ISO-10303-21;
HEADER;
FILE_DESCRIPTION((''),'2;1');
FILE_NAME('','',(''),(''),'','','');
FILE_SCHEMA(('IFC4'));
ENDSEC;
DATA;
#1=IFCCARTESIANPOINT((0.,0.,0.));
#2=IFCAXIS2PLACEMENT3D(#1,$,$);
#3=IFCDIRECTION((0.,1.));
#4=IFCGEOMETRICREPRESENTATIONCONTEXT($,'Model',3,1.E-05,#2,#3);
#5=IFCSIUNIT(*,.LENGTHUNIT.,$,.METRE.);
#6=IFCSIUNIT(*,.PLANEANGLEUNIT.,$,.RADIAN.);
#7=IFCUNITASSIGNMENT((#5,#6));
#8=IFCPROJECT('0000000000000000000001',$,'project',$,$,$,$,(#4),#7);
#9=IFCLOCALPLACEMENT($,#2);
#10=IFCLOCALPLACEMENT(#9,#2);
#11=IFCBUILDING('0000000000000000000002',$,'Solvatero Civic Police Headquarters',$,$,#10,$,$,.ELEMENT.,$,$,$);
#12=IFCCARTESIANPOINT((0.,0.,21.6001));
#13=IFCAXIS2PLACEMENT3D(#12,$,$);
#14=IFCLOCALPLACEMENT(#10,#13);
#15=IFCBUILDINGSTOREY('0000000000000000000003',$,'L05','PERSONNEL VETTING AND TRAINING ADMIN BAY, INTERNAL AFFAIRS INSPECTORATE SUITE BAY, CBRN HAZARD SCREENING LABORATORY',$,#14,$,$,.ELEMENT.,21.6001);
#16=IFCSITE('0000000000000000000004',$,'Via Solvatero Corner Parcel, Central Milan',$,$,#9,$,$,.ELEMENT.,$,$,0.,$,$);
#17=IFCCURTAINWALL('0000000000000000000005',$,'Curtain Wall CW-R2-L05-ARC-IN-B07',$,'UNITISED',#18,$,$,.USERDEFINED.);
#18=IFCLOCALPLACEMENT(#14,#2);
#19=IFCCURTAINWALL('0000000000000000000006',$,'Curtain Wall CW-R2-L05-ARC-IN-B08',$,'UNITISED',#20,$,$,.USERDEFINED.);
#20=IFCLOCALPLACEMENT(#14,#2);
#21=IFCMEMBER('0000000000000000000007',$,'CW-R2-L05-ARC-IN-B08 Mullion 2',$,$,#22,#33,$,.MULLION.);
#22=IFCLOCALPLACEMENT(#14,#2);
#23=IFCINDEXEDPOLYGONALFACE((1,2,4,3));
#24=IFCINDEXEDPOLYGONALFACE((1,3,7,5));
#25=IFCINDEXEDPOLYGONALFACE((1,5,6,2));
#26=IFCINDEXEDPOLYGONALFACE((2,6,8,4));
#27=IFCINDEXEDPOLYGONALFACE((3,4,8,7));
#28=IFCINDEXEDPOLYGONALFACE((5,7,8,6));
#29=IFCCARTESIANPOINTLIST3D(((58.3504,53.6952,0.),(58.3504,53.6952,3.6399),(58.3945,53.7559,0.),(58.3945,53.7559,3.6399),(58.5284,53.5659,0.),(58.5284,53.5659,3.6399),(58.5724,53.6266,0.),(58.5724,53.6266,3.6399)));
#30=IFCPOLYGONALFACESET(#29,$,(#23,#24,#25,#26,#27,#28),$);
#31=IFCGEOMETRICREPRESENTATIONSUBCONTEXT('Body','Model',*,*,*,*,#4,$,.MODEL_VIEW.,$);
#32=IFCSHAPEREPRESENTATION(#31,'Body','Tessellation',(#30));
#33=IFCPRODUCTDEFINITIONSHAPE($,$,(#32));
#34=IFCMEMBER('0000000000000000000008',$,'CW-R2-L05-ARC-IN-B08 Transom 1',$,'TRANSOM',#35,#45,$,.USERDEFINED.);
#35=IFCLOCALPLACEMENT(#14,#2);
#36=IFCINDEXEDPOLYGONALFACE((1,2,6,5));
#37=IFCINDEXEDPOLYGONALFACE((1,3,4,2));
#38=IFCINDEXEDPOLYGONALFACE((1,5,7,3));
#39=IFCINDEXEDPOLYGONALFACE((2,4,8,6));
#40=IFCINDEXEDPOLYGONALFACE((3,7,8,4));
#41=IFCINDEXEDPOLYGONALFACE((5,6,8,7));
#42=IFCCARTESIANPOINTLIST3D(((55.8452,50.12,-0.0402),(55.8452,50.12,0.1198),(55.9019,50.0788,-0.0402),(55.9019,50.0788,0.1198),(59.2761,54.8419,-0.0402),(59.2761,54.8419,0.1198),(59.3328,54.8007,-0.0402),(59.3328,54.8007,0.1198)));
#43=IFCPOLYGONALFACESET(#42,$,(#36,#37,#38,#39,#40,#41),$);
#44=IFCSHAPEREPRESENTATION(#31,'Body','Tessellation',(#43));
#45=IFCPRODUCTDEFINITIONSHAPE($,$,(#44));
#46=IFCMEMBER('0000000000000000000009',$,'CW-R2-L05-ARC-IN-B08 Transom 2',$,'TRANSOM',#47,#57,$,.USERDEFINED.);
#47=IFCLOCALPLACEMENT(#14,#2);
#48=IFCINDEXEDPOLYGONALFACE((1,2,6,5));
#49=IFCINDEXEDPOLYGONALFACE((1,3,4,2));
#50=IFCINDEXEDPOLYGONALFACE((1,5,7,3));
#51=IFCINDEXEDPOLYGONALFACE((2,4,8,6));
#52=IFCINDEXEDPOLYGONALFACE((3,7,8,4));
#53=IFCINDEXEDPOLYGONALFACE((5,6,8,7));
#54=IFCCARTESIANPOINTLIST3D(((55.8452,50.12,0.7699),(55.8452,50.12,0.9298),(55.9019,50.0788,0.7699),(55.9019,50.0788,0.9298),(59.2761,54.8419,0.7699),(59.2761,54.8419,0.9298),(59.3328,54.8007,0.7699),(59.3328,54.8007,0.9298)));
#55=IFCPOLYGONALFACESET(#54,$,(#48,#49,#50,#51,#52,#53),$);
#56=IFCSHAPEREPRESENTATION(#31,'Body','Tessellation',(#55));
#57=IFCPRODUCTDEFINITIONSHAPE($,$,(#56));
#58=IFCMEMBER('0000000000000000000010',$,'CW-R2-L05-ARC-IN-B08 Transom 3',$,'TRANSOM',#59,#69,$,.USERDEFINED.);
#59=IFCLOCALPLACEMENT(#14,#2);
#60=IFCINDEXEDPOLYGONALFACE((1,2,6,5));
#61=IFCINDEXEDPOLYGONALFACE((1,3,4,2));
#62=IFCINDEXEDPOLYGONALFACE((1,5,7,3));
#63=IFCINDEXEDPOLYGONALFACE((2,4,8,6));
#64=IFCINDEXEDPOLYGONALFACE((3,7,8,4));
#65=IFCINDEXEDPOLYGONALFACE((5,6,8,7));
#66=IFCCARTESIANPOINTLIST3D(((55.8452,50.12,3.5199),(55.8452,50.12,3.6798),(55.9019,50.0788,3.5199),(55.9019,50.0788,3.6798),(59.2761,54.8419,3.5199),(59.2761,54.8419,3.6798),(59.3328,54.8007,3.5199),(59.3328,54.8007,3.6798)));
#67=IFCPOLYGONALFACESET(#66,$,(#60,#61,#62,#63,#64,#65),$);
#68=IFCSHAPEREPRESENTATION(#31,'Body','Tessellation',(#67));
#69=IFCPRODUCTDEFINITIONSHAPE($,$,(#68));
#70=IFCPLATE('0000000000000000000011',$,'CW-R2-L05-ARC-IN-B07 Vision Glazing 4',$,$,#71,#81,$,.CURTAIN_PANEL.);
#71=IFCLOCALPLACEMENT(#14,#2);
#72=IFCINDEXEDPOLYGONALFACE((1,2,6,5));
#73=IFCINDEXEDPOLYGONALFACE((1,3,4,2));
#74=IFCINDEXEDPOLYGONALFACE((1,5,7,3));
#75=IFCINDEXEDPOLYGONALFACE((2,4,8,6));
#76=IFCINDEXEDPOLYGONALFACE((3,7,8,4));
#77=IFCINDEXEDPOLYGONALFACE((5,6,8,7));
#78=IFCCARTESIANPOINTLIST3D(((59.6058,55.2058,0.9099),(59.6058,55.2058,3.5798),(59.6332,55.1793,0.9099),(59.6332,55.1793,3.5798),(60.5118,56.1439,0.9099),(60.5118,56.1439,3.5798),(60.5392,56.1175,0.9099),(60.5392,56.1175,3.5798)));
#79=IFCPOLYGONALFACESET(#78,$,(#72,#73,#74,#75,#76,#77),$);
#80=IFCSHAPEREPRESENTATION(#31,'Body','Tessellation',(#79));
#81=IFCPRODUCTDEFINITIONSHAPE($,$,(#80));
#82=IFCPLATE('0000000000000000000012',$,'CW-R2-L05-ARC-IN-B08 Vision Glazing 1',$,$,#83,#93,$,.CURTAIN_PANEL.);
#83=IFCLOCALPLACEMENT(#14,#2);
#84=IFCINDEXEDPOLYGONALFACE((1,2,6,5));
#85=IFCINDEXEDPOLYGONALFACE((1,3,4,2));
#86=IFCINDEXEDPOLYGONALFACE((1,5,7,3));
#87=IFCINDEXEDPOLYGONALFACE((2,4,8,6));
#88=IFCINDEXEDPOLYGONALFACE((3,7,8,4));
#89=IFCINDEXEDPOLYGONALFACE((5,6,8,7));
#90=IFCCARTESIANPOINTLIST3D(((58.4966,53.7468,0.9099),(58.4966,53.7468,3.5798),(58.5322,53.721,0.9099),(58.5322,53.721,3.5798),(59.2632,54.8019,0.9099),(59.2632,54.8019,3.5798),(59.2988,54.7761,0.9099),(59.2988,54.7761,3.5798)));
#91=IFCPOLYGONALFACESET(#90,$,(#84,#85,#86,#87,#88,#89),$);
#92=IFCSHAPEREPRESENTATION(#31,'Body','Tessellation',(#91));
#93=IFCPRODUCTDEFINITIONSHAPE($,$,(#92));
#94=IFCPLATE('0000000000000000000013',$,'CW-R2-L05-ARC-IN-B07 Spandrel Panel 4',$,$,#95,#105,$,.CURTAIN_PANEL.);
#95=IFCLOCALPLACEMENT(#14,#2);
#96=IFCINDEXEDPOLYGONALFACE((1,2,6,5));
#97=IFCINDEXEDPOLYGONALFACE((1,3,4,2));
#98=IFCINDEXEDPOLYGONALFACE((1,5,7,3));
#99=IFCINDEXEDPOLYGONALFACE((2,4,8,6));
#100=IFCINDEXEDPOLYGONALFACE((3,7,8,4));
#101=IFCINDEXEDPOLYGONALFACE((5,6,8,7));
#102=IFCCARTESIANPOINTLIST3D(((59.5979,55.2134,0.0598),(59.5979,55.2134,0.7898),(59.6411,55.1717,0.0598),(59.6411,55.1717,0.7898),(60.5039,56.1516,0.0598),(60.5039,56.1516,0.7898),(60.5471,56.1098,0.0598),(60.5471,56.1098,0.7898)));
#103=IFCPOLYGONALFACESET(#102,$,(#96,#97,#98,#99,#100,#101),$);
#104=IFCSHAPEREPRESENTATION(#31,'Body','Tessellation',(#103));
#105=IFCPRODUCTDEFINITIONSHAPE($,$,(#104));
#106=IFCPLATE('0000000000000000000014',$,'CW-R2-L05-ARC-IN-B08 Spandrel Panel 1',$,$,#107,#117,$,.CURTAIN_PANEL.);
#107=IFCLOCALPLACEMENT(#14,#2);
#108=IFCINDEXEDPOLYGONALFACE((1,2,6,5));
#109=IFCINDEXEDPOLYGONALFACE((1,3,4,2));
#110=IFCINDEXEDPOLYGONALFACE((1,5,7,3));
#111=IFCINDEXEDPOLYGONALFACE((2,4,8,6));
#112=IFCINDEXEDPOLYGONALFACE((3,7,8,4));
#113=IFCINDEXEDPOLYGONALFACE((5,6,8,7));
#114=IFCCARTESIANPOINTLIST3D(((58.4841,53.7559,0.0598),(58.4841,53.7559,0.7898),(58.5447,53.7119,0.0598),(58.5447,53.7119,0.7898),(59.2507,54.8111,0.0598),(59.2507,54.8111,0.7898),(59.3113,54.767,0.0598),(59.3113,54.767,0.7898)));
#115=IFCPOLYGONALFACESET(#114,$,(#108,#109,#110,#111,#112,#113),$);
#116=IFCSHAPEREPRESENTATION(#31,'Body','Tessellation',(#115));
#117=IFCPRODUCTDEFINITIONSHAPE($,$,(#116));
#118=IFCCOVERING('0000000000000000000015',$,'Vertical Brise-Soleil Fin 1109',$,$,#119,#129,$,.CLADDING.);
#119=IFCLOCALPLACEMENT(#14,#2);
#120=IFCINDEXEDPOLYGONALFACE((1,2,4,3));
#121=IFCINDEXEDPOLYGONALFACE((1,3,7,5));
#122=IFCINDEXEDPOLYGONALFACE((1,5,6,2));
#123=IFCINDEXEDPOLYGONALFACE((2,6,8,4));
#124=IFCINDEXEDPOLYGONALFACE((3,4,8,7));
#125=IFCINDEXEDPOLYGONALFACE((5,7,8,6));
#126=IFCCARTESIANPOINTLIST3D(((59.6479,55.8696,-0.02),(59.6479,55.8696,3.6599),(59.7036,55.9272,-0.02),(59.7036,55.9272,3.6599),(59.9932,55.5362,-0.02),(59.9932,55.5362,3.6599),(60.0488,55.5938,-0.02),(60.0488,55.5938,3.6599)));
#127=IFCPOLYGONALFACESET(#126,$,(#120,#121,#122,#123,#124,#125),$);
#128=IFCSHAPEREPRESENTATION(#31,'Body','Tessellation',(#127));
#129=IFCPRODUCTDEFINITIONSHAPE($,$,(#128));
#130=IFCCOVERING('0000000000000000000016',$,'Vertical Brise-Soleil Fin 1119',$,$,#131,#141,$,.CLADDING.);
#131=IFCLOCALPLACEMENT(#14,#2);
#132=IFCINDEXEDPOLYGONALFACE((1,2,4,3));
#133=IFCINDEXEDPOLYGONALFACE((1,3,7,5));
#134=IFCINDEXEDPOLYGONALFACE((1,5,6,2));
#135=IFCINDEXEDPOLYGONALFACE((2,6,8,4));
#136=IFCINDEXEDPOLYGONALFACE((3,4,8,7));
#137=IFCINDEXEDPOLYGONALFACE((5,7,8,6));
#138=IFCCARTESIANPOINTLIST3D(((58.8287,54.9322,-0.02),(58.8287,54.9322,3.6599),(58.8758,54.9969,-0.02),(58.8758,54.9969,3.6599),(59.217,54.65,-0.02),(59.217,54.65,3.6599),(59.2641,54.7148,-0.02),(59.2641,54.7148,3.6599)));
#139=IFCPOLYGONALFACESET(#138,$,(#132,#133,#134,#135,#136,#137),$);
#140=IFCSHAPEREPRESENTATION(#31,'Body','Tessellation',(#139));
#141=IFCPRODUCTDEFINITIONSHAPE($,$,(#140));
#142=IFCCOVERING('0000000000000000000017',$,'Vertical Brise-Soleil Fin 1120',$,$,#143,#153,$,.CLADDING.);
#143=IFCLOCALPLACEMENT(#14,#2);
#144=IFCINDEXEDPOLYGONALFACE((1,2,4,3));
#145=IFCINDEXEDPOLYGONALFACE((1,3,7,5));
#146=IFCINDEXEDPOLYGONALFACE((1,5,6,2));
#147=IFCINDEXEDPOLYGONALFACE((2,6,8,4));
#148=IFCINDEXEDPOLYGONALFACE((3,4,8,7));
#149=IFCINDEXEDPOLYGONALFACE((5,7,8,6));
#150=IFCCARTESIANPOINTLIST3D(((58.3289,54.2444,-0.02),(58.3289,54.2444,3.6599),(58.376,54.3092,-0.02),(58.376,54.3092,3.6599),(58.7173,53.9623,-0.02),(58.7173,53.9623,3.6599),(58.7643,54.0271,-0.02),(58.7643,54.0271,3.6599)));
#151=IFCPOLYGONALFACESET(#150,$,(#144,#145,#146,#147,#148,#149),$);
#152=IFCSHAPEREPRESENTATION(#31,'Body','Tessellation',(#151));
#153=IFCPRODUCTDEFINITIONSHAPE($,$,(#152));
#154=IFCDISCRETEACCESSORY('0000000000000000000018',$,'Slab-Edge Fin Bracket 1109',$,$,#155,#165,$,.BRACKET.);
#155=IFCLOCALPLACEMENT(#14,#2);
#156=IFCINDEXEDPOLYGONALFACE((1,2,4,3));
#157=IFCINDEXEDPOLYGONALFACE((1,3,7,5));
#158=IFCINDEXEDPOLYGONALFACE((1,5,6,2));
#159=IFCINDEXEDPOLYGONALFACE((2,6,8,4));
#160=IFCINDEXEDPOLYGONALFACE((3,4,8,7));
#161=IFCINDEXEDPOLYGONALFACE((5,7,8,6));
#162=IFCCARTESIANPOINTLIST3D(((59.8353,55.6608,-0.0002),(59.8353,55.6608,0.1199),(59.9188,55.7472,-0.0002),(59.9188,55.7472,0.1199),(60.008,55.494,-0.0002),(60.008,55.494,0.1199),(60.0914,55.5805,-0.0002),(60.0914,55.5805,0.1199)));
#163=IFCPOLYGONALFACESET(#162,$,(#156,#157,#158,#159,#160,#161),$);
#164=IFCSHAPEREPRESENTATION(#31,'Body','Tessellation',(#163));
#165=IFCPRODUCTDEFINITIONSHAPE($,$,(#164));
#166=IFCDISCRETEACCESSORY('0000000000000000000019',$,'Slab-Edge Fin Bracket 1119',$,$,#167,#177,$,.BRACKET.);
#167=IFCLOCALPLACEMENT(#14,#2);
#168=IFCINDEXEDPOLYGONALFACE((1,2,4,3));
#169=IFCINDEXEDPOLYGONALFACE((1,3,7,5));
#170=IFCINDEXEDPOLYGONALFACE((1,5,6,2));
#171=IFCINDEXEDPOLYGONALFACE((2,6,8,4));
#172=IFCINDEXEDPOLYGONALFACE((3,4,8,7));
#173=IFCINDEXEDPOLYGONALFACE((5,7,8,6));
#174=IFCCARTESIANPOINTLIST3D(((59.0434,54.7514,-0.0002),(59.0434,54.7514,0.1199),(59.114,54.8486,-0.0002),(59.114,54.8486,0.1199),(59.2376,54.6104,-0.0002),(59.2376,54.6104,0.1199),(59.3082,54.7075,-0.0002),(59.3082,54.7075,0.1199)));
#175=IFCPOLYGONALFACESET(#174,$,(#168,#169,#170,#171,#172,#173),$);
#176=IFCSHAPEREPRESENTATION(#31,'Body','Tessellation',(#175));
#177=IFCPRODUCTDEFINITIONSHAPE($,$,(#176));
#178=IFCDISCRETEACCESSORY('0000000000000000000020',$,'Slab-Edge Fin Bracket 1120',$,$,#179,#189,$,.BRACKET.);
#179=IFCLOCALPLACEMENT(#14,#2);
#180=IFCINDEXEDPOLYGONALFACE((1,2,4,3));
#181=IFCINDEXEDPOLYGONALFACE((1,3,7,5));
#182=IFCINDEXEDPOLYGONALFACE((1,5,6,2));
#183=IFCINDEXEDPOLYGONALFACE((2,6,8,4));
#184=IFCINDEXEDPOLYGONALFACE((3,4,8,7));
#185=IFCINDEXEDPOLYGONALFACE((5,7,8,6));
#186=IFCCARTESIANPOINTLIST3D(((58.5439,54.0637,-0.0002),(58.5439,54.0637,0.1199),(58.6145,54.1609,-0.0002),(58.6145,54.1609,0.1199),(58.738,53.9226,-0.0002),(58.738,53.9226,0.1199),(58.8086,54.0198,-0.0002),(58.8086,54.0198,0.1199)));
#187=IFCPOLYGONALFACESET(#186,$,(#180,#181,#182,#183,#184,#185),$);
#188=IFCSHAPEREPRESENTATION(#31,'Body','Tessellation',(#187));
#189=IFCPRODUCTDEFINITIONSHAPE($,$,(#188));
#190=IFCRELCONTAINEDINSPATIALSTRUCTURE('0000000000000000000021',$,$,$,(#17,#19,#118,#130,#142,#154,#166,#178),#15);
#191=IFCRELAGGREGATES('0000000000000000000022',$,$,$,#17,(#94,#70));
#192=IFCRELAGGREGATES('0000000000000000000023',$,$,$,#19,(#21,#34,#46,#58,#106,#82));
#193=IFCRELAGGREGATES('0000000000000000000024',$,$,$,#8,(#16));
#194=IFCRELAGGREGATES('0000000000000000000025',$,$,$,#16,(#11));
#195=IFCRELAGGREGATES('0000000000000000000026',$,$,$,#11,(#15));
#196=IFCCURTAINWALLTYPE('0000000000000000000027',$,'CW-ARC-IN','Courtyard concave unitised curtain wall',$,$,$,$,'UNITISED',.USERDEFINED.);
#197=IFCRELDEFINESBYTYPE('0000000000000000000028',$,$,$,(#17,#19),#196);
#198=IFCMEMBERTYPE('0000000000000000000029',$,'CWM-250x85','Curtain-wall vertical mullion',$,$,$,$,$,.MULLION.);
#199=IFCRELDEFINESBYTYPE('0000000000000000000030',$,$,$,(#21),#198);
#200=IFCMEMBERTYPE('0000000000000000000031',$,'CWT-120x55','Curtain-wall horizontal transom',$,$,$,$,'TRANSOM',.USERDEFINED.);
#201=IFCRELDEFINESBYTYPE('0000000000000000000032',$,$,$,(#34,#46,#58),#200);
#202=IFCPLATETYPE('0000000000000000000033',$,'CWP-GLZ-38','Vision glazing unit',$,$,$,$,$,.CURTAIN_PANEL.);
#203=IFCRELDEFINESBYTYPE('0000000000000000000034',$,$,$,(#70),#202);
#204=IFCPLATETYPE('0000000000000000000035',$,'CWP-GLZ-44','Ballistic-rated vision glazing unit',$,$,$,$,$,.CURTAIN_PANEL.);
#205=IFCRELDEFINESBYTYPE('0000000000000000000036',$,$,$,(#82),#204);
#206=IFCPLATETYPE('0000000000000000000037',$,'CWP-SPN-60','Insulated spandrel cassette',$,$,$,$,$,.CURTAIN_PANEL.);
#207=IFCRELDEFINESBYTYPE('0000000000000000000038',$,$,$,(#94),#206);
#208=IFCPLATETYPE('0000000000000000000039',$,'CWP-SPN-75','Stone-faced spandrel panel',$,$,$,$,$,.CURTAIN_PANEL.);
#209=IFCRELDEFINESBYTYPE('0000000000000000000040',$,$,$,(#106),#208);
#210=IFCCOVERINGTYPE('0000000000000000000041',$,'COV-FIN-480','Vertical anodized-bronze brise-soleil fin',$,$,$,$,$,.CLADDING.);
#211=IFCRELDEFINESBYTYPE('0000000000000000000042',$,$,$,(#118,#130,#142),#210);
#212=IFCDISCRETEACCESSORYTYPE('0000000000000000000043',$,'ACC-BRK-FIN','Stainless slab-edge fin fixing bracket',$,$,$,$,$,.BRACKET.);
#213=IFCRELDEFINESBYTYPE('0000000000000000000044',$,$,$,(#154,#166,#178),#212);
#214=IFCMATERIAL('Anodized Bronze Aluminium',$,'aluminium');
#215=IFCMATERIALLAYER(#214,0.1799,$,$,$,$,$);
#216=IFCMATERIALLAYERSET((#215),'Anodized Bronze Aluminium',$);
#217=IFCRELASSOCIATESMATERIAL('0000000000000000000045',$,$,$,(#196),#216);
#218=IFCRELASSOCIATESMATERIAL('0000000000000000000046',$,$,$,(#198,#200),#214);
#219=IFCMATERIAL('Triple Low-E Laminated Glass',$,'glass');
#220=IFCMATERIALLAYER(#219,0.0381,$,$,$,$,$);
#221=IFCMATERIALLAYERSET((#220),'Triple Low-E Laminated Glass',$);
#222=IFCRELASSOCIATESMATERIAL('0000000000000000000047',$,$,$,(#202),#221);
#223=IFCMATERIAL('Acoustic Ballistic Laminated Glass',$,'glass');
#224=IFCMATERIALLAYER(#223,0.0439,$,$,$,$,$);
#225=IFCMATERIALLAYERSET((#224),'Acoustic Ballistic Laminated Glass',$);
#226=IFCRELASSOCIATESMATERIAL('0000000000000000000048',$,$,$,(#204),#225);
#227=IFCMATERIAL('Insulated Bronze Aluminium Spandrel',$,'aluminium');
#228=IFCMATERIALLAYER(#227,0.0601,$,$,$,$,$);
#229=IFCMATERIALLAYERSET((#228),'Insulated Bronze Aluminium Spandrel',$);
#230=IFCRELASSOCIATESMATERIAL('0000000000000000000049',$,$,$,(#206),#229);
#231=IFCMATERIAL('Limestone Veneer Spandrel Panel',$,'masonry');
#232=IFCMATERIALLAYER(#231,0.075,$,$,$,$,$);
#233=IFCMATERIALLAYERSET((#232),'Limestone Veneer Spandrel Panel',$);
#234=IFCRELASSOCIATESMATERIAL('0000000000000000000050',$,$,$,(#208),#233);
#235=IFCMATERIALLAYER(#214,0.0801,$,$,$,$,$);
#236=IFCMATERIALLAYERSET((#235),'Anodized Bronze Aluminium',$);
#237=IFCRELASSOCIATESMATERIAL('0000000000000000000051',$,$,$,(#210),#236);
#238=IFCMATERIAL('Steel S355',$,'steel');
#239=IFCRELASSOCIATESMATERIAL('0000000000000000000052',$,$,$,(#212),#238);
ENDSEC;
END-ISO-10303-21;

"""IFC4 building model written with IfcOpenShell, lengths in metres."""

from ifc_helpers import new_model, si_unit, direction, frame, origin, origin_2d, place, context, subcontext, project, spatial, rectangle, extrude, material, layer, layer_set, material_profile, profile_set, type_object, element, aggregate, save


model = new_model("IFC4")

# Units and contexts
model_context = context("Model", 3, precision=1e-05, world=origin(), true_north=direction((0.0, 1.0)))
body_context = subcontext(model_context, "Body", "Model", "MODEL_VIEW")
ifc_project = project(units=[si_unit("LENGTHUNIT", "METRE"), si_unit("PLANEANGLEUNIT", "RADIAN")], contexts=[model_context])

# Site, building, storey
site_placement = place(None, origin())
site = spatial("IfcSite", under=ifc_project, at=site_placement, Name="Via Solvatero Corner Parcel, Central Milan", CompositionType="ELEMENT", RefElevation=0.0)
building_placement = place(site_placement, origin())
building = spatial("IfcBuilding", under=site, at=building_placement, Name="Solvatero Civic Police Headquarters", CompositionType="ELEMENT")
storey_placement = place(building_placement, frame((0.0, 0.0, 21.6001)))
storey = spatial("IfcBuildingStorey", under=building, at=storey_placement, Name="L05", Description="PERSONNEL VETTING AND TRAINING ADMIN BAY, INTERNAL AFFAIRS INSPECTORATE SUITE BAY, CBRN HAZARD SCREENING LABORATORY", CompositionType="ELEMENT", Elevation=21.6001)

# Shared definitions
ifc_material_1 = material(Name="Steel S355", Category="steel")

# Curtain walls, members
ifc_material_2 = material(Name="Anodized Bronze Aluminium", Category="aluminium")
ifc_layer_1 = layer(ifc_material_2, 0.1799)
ifc_layer_set_1 = layer_set([ifc_layer_1], Name="Anodized Bronze Aluminium")
curtain_wall_type = type_object("IfcCurtainWallType", Name="CW-ARC-IN", Description="Courtyard concave unitised curtain wall", ElementType="UNITISED", PredefinedType="USERDEFINED", material=ifc_layer_set_1)
curtain_wall_1_placement = place(storey_placement, origin())
curtain_wall_1 = element("IfcCurtainWall", 1, at=curtain_wall_1_placement, inside=storey, type_object=curtain_wall_type, Name="Curtain Wall CW-R2-L05-ARC-IN-B07", ObjectType="UNITISED", PredefinedType="USERDEFINED")
curtain_wall_2_placement = place(storey_placement, origin())
curtain_wall_2 = element("IfcCurtainWall", 2, at=curtain_wall_2_placement, inside=storey, type_object=curtain_wall_type, Name="Curtain Wall CW-R2-L05-ARC-IN-B08", ObjectType="UNITISED", PredefinedType="USERDEFINED")
ifc_material_profile_1 = material_profile(ifc_material_2, rectangle(XDim=0.075, YDim=0.22, at=origin_2d()), Name="ALU MULLION 75x220")
ifc_profile_set_1 = profile_set([ifc_material_profile_1], Name="Anodized Bronze Aluminium")
member_type_1 = type_object("IfcMemberType", Name="CWM-250x85", Description="Curtain-wall vertical mullion", PredefinedType="MULLION", material=ifc_profile_set_1)
member_1_placement = place(storey_placement, frame((58.4614, 53.6609, 0.0), z_axis=(0.0, 0.0, 1.0), x_axis=(-0.587785, -0.809017, 0.0)))
member_1 = element("IfcMember", 3, at=member_1_placement, type_object=member_type_1, Name="CW-R2-L05-ARC-IN-B08 Mullion 2", PredefinedType="MULLION", context=body_context, shape_type="SweptSolid", body=[
    extrude(rectangle(XDim=0.075, YDim=0.22, at=origin_2d()), origin(), (0.0, 0.0, 1.0), 3.6399),
])
ifc_material_profile_2 = material_profile(ifc_material_2, rectangle(XDim=0.0701, YDim=0.1599, at=origin_2d()), Name="ALU TRANSOM 70x160")
ifc_profile_set_2 = profile_set([ifc_material_profile_2], Name="Anodized Bronze Aluminium")
member_type_2 = type_object("IfcMemberType", Name="CWT-120x55", Description="Curtain-wall horizontal transom", ElementType="TRANSOM", PredefinedType="USERDEFINED", material=ifc_profile_set_2)
member_2_placement = place(storey_placement, frame((59.3044, 54.8213, 0.0398), z_axis=(-0.587811, -0.808998, 0.0), x_axis=(0.808998, -0.587811, 0.0)))
member_2 = element("IfcMember", 4, at=member_2_placement, type_object=member_type_2, Name="CW-R2-L05-ARC-IN-B08 Transom 1", ObjectType="TRANSOM", PredefinedType="USERDEFINED", context=body_context, shape_type="SweptSolid", body=[
    extrude(rectangle(XDim=0.0701, YDim=0.1599, at=origin_2d()), origin(), (0.0, 0.0, 1.0), 5.8367),
])
member_3_placement = place(storey_placement, frame((59.3044, 54.8213, 0.8499), z_axis=(-0.587811, -0.808998, 0.0), x_axis=(0.808998, -0.587811, 0.0)))
member_3 = element("IfcMember", 5, at=member_3_placement, type_object=member_type_2, Name="CW-R2-L05-ARC-IN-B08 Transom 2", ObjectType="TRANSOM", PredefinedType="USERDEFINED", context=body_context, shape_type="SweptSolid", body=[
    extrude(rectangle(XDim=0.0701, YDim=0.1599, at=origin_2d()), origin(), (0.0, 0.0, 1.0), 5.8367),
])
member_4_placement = place(storey_placement, frame((59.3044, 54.8213, 3.5999), z_axis=(-0.587811, -0.808998, 0.0), x_axis=(0.808998, -0.587811, 0.0)))
member_4 = element("IfcMember", 6, at=member_4_placement, type_object=member_type_2, Name="CW-R2-L05-ARC-IN-B08 Transom 3", ObjectType="TRANSOM", PredefinedType="USERDEFINED", context=body_context, shape_type="SweptSolid", body=[
    extrude(rectangle(XDim=0.0701, YDim=0.1599, at=origin_2d()), origin(), (0.0, 0.0, 1.0), 5.8367),
])

# Plates
ifc_material_3 = material(Name="Triple Low-E Laminated Glass", Category="glass")
ifc_layer_2 = layer(ifc_material_3, 0.0381)
ifc_layer_set_2 = layer_set([ifc_layer_2], Name="Triple Low-E Laminated Glass")
plate_type_1 = type_object("IfcPlateType", Name="CWP-GLZ-38", Description="Vision glazing unit", PredefinedType="CURTAIN_PANEL", material=ifc_layer_set_2)
plate_1_placement = place(storey_placement, frame((60.0725, 55.6616, 0.9099), z_axis=(0.0, 0.0, 1.0), x_axis=(-0.694658, -0.71934, 0.0)))
plate_1 = element("IfcPlate", 7, at=plate_1_placement, type_object=plate_type_1, Name="CW-R2-L05-ARC-IN-B07 Vision Glazing 4", PredefinedType="CURTAIN_PANEL", context=body_context, shape_type="SweptSolid", body=[
    extrude(rectangle(XDim=1.3042, YDim=0.0381, at=origin_2d()), origin(), (0.0, 0.0, 1.0), 2.6699),
])
ifc_material_4 = material(Name="Acoustic Ballistic Laminated Glass", Category="glass")
ifc_layer_3 = layer(ifc_material_4, 0.0439)
ifc_layer_set_3 = layer_set([ifc_layer_3], Name="Acoustic Ballistic Laminated Glass")
plate_type_2 = type_object("IfcPlateType", Name="CWP-GLZ-44", Description="Ballistic-rated vision glazing unit", PredefinedType="CURTAIN_PANEL", material=ifc_layer_set_3)
plate_2_placement = place(storey_placement, frame((58.8977, 54.2615, 0.9099), z_axis=(0.0, 0.0, 1.0), x_axis=(-0.587785, -0.809017, 0.0)))
plate_2 = element("IfcPlate", 8, at=plate_2_placement, type_object=plate_type_2, Name="CW-R2-L05-ARC-IN-B08 Vision Glazing 1", PredefinedType="CURTAIN_PANEL", context=body_context, shape_type="SweptSolid", body=[
    extrude(rectangle(XDim=1.3042, YDim=0.0439, at=origin_2d()), origin(), (0.0, 0.0, 1.0), 2.6699),
])
ifc_material_5 = material(Name="Insulated Bronze Aluminium Spandrel", Category="aluminium")
ifc_layer_4 = layer(ifc_material_5, 0.0601)
ifc_layer_set_4 = layer_set([ifc_layer_4], Name="Insulated Bronze Aluminium Spandrel")
plate_type_3 = type_object("IfcPlateType", Name="CWP-SPN-60", Description="Insulated spandrel cassette", PredefinedType="CURTAIN_PANEL", material=ifc_layer_set_4)
plate_3_placement = place(storey_placement, frame((60.0725, 55.6616, 0.0598), z_axis=(0.0, 0.0, 1.0), x_axis=(-0.694658, -0.71934, 0.0)))
plate_3 = element("IfcPlate", 9, at=plate_3_placement, type_object=plate_type_3, Name="CW-R2-L05-ARC-IN-B07 Spandrel Panel 4", PredefinedType="CURTAIN_PANEL", context=body_context, shape_type="SweptSolid", body=[
    extrude(rectangle(XDim=1.3042, YDim=0.0601, at=origin_2d()), origin(), (0.0, 0.0, 1.0), 0.73),
])
aggregate(curtain_wall_1, [plate_3, plate_1])
ifc_material_6 = material(Name="Limestone Veneer Spandrel Panel", Category="masonry")
ifc_layer_5 = layer(ifc_material_6, 0.075)
ifc_layer_set_5 = layer_set([ifc_layer_5], Name="Limestone Veneer Spandrel Panel")
plate_type_4 = type_object("IfcPlateType", Name="CWP-SPN-75", Description="Stone-faced spandrel panel", PredefinedType="CURTAIN_PANEL", material=ifc_layer_set_5)
plate_4_placement = place(storey_placement, frame((58.8977, 54.2615, 0.0598), z_axis=(0.0, 0.0, 1.0), x_axis=(-0.587785, -0.809017, 0.0)))
plate_4 = element("IfcPlate", 10, at=plate_4_placement, type_object=plate_type_4, Name="CW-R2-L05-ARC-IN-B08 Spandrel Panel 1", PredefinedType="CURTAIN_PANEL", context=body_context, shape_type="SweptSolid", body=[
    extrude(rectangle(XDim=1.3042, YDim=0.075, at=origin_2d()), origin(), (0.0, 0.0, 1.0), 0.73),
])
aggregate(curtain_wall_2, [member_1, member_2, member_3, member_4, plate_4, plate_2])

# Coverings
ifc_layer_6 = layer(ifc_material_2, 0.0801)
ifc_layer_set_6 = layer_set([ifc_layer_6], Name="Anodized Bronze Aluminium")
covering_type = type_object("IfcCoveringType", Name="COV-FIN-480", Description="Vertical anodized-bronze brise-soleil fin", PredefinedType="CLADDING", material=ifc_layer_set_6)
for number, where, z_axis, x_axis, name in (
    (11, (59.8484, 55.7317, -0.02), (0.0, 0.0, 1.0), (-0.694658, -0.71934, 0.0), "Vertical Brise-Soleil Fin 1109"),
    (12, (59.0464, 54.8235, -0.02), (0.0, 0.0, 1.0), (-0.587785, -0.809017, 0.0), "Vertical Brise-Soleil Fin 1119"),
    (13, (58.5466, 54.1357, -0.02), (0.0, 0.0, 1.0), (-0.587785, -0.809017, 0.0), "Vertical Brise-Soleil Fin 1120"),
):
    element("IfcCovering", number, at=place(storey_placement, frame(where, z_axis=z_axis, x_axis=x_axis)), inside=storey, type_object=covering_type, Name=name, PredefinedType="CLADDING", context=body_context, shape_type="SweptSolid", body=[
        extrude(rectangle(XDim=0.0801, YDim=0.48, at=origin_2d()), origin(), (0.0, 0.0, 1.0), 3.6799),
    ])

# Discrete accessories
discrete_accessory_type = type_object("IfcDiscreteAccessoryType", Name="ACC-BRK-FIN", Description="Stainless slab-edge fin fixing bracket", PredefinedType="BRACKET", material=ifc_material_1)
for number, where, z_axis, x_axis, name in (
    (14, (59.9634, 55.6206, -0.0002), (0.0, 0.0, 1.0), (-0.694658, -0.71934, 0.0), "Slab-Edge Fin Bracket 1109"),
    (15, (59.1758, 54.7295, -0.0002), (0.0, 0.0, 1.0), (-0.587785, -0.809017, 0.0), "Slab-Edge Fin Bracket 1119"),
    (16, (58.6763, 54.0417, -0.0002), (0.0, 0.0, 1.0), (-0.587785, -0.809017, 0.0), "Slab-Edge Fin Bracket 1120"),
):
    element("IfcDiscreteAccessory", number, at=place(storey_placement, frame(where, z_axis=z_axis, x_axis=x_axis)), inside=storey, type_object=discrete_accessory_type, Name=name, PredefinedType="BRACKET", context=body_context, shape_type="SweptSolid", body=[
        extrude(rectangle(XDim=0.1201, YDim=0.24, at=origin_2d()), origin(), (0.0, 0.0, 1.0), 0.1201),
    ])

save(model, "model.ifc")
